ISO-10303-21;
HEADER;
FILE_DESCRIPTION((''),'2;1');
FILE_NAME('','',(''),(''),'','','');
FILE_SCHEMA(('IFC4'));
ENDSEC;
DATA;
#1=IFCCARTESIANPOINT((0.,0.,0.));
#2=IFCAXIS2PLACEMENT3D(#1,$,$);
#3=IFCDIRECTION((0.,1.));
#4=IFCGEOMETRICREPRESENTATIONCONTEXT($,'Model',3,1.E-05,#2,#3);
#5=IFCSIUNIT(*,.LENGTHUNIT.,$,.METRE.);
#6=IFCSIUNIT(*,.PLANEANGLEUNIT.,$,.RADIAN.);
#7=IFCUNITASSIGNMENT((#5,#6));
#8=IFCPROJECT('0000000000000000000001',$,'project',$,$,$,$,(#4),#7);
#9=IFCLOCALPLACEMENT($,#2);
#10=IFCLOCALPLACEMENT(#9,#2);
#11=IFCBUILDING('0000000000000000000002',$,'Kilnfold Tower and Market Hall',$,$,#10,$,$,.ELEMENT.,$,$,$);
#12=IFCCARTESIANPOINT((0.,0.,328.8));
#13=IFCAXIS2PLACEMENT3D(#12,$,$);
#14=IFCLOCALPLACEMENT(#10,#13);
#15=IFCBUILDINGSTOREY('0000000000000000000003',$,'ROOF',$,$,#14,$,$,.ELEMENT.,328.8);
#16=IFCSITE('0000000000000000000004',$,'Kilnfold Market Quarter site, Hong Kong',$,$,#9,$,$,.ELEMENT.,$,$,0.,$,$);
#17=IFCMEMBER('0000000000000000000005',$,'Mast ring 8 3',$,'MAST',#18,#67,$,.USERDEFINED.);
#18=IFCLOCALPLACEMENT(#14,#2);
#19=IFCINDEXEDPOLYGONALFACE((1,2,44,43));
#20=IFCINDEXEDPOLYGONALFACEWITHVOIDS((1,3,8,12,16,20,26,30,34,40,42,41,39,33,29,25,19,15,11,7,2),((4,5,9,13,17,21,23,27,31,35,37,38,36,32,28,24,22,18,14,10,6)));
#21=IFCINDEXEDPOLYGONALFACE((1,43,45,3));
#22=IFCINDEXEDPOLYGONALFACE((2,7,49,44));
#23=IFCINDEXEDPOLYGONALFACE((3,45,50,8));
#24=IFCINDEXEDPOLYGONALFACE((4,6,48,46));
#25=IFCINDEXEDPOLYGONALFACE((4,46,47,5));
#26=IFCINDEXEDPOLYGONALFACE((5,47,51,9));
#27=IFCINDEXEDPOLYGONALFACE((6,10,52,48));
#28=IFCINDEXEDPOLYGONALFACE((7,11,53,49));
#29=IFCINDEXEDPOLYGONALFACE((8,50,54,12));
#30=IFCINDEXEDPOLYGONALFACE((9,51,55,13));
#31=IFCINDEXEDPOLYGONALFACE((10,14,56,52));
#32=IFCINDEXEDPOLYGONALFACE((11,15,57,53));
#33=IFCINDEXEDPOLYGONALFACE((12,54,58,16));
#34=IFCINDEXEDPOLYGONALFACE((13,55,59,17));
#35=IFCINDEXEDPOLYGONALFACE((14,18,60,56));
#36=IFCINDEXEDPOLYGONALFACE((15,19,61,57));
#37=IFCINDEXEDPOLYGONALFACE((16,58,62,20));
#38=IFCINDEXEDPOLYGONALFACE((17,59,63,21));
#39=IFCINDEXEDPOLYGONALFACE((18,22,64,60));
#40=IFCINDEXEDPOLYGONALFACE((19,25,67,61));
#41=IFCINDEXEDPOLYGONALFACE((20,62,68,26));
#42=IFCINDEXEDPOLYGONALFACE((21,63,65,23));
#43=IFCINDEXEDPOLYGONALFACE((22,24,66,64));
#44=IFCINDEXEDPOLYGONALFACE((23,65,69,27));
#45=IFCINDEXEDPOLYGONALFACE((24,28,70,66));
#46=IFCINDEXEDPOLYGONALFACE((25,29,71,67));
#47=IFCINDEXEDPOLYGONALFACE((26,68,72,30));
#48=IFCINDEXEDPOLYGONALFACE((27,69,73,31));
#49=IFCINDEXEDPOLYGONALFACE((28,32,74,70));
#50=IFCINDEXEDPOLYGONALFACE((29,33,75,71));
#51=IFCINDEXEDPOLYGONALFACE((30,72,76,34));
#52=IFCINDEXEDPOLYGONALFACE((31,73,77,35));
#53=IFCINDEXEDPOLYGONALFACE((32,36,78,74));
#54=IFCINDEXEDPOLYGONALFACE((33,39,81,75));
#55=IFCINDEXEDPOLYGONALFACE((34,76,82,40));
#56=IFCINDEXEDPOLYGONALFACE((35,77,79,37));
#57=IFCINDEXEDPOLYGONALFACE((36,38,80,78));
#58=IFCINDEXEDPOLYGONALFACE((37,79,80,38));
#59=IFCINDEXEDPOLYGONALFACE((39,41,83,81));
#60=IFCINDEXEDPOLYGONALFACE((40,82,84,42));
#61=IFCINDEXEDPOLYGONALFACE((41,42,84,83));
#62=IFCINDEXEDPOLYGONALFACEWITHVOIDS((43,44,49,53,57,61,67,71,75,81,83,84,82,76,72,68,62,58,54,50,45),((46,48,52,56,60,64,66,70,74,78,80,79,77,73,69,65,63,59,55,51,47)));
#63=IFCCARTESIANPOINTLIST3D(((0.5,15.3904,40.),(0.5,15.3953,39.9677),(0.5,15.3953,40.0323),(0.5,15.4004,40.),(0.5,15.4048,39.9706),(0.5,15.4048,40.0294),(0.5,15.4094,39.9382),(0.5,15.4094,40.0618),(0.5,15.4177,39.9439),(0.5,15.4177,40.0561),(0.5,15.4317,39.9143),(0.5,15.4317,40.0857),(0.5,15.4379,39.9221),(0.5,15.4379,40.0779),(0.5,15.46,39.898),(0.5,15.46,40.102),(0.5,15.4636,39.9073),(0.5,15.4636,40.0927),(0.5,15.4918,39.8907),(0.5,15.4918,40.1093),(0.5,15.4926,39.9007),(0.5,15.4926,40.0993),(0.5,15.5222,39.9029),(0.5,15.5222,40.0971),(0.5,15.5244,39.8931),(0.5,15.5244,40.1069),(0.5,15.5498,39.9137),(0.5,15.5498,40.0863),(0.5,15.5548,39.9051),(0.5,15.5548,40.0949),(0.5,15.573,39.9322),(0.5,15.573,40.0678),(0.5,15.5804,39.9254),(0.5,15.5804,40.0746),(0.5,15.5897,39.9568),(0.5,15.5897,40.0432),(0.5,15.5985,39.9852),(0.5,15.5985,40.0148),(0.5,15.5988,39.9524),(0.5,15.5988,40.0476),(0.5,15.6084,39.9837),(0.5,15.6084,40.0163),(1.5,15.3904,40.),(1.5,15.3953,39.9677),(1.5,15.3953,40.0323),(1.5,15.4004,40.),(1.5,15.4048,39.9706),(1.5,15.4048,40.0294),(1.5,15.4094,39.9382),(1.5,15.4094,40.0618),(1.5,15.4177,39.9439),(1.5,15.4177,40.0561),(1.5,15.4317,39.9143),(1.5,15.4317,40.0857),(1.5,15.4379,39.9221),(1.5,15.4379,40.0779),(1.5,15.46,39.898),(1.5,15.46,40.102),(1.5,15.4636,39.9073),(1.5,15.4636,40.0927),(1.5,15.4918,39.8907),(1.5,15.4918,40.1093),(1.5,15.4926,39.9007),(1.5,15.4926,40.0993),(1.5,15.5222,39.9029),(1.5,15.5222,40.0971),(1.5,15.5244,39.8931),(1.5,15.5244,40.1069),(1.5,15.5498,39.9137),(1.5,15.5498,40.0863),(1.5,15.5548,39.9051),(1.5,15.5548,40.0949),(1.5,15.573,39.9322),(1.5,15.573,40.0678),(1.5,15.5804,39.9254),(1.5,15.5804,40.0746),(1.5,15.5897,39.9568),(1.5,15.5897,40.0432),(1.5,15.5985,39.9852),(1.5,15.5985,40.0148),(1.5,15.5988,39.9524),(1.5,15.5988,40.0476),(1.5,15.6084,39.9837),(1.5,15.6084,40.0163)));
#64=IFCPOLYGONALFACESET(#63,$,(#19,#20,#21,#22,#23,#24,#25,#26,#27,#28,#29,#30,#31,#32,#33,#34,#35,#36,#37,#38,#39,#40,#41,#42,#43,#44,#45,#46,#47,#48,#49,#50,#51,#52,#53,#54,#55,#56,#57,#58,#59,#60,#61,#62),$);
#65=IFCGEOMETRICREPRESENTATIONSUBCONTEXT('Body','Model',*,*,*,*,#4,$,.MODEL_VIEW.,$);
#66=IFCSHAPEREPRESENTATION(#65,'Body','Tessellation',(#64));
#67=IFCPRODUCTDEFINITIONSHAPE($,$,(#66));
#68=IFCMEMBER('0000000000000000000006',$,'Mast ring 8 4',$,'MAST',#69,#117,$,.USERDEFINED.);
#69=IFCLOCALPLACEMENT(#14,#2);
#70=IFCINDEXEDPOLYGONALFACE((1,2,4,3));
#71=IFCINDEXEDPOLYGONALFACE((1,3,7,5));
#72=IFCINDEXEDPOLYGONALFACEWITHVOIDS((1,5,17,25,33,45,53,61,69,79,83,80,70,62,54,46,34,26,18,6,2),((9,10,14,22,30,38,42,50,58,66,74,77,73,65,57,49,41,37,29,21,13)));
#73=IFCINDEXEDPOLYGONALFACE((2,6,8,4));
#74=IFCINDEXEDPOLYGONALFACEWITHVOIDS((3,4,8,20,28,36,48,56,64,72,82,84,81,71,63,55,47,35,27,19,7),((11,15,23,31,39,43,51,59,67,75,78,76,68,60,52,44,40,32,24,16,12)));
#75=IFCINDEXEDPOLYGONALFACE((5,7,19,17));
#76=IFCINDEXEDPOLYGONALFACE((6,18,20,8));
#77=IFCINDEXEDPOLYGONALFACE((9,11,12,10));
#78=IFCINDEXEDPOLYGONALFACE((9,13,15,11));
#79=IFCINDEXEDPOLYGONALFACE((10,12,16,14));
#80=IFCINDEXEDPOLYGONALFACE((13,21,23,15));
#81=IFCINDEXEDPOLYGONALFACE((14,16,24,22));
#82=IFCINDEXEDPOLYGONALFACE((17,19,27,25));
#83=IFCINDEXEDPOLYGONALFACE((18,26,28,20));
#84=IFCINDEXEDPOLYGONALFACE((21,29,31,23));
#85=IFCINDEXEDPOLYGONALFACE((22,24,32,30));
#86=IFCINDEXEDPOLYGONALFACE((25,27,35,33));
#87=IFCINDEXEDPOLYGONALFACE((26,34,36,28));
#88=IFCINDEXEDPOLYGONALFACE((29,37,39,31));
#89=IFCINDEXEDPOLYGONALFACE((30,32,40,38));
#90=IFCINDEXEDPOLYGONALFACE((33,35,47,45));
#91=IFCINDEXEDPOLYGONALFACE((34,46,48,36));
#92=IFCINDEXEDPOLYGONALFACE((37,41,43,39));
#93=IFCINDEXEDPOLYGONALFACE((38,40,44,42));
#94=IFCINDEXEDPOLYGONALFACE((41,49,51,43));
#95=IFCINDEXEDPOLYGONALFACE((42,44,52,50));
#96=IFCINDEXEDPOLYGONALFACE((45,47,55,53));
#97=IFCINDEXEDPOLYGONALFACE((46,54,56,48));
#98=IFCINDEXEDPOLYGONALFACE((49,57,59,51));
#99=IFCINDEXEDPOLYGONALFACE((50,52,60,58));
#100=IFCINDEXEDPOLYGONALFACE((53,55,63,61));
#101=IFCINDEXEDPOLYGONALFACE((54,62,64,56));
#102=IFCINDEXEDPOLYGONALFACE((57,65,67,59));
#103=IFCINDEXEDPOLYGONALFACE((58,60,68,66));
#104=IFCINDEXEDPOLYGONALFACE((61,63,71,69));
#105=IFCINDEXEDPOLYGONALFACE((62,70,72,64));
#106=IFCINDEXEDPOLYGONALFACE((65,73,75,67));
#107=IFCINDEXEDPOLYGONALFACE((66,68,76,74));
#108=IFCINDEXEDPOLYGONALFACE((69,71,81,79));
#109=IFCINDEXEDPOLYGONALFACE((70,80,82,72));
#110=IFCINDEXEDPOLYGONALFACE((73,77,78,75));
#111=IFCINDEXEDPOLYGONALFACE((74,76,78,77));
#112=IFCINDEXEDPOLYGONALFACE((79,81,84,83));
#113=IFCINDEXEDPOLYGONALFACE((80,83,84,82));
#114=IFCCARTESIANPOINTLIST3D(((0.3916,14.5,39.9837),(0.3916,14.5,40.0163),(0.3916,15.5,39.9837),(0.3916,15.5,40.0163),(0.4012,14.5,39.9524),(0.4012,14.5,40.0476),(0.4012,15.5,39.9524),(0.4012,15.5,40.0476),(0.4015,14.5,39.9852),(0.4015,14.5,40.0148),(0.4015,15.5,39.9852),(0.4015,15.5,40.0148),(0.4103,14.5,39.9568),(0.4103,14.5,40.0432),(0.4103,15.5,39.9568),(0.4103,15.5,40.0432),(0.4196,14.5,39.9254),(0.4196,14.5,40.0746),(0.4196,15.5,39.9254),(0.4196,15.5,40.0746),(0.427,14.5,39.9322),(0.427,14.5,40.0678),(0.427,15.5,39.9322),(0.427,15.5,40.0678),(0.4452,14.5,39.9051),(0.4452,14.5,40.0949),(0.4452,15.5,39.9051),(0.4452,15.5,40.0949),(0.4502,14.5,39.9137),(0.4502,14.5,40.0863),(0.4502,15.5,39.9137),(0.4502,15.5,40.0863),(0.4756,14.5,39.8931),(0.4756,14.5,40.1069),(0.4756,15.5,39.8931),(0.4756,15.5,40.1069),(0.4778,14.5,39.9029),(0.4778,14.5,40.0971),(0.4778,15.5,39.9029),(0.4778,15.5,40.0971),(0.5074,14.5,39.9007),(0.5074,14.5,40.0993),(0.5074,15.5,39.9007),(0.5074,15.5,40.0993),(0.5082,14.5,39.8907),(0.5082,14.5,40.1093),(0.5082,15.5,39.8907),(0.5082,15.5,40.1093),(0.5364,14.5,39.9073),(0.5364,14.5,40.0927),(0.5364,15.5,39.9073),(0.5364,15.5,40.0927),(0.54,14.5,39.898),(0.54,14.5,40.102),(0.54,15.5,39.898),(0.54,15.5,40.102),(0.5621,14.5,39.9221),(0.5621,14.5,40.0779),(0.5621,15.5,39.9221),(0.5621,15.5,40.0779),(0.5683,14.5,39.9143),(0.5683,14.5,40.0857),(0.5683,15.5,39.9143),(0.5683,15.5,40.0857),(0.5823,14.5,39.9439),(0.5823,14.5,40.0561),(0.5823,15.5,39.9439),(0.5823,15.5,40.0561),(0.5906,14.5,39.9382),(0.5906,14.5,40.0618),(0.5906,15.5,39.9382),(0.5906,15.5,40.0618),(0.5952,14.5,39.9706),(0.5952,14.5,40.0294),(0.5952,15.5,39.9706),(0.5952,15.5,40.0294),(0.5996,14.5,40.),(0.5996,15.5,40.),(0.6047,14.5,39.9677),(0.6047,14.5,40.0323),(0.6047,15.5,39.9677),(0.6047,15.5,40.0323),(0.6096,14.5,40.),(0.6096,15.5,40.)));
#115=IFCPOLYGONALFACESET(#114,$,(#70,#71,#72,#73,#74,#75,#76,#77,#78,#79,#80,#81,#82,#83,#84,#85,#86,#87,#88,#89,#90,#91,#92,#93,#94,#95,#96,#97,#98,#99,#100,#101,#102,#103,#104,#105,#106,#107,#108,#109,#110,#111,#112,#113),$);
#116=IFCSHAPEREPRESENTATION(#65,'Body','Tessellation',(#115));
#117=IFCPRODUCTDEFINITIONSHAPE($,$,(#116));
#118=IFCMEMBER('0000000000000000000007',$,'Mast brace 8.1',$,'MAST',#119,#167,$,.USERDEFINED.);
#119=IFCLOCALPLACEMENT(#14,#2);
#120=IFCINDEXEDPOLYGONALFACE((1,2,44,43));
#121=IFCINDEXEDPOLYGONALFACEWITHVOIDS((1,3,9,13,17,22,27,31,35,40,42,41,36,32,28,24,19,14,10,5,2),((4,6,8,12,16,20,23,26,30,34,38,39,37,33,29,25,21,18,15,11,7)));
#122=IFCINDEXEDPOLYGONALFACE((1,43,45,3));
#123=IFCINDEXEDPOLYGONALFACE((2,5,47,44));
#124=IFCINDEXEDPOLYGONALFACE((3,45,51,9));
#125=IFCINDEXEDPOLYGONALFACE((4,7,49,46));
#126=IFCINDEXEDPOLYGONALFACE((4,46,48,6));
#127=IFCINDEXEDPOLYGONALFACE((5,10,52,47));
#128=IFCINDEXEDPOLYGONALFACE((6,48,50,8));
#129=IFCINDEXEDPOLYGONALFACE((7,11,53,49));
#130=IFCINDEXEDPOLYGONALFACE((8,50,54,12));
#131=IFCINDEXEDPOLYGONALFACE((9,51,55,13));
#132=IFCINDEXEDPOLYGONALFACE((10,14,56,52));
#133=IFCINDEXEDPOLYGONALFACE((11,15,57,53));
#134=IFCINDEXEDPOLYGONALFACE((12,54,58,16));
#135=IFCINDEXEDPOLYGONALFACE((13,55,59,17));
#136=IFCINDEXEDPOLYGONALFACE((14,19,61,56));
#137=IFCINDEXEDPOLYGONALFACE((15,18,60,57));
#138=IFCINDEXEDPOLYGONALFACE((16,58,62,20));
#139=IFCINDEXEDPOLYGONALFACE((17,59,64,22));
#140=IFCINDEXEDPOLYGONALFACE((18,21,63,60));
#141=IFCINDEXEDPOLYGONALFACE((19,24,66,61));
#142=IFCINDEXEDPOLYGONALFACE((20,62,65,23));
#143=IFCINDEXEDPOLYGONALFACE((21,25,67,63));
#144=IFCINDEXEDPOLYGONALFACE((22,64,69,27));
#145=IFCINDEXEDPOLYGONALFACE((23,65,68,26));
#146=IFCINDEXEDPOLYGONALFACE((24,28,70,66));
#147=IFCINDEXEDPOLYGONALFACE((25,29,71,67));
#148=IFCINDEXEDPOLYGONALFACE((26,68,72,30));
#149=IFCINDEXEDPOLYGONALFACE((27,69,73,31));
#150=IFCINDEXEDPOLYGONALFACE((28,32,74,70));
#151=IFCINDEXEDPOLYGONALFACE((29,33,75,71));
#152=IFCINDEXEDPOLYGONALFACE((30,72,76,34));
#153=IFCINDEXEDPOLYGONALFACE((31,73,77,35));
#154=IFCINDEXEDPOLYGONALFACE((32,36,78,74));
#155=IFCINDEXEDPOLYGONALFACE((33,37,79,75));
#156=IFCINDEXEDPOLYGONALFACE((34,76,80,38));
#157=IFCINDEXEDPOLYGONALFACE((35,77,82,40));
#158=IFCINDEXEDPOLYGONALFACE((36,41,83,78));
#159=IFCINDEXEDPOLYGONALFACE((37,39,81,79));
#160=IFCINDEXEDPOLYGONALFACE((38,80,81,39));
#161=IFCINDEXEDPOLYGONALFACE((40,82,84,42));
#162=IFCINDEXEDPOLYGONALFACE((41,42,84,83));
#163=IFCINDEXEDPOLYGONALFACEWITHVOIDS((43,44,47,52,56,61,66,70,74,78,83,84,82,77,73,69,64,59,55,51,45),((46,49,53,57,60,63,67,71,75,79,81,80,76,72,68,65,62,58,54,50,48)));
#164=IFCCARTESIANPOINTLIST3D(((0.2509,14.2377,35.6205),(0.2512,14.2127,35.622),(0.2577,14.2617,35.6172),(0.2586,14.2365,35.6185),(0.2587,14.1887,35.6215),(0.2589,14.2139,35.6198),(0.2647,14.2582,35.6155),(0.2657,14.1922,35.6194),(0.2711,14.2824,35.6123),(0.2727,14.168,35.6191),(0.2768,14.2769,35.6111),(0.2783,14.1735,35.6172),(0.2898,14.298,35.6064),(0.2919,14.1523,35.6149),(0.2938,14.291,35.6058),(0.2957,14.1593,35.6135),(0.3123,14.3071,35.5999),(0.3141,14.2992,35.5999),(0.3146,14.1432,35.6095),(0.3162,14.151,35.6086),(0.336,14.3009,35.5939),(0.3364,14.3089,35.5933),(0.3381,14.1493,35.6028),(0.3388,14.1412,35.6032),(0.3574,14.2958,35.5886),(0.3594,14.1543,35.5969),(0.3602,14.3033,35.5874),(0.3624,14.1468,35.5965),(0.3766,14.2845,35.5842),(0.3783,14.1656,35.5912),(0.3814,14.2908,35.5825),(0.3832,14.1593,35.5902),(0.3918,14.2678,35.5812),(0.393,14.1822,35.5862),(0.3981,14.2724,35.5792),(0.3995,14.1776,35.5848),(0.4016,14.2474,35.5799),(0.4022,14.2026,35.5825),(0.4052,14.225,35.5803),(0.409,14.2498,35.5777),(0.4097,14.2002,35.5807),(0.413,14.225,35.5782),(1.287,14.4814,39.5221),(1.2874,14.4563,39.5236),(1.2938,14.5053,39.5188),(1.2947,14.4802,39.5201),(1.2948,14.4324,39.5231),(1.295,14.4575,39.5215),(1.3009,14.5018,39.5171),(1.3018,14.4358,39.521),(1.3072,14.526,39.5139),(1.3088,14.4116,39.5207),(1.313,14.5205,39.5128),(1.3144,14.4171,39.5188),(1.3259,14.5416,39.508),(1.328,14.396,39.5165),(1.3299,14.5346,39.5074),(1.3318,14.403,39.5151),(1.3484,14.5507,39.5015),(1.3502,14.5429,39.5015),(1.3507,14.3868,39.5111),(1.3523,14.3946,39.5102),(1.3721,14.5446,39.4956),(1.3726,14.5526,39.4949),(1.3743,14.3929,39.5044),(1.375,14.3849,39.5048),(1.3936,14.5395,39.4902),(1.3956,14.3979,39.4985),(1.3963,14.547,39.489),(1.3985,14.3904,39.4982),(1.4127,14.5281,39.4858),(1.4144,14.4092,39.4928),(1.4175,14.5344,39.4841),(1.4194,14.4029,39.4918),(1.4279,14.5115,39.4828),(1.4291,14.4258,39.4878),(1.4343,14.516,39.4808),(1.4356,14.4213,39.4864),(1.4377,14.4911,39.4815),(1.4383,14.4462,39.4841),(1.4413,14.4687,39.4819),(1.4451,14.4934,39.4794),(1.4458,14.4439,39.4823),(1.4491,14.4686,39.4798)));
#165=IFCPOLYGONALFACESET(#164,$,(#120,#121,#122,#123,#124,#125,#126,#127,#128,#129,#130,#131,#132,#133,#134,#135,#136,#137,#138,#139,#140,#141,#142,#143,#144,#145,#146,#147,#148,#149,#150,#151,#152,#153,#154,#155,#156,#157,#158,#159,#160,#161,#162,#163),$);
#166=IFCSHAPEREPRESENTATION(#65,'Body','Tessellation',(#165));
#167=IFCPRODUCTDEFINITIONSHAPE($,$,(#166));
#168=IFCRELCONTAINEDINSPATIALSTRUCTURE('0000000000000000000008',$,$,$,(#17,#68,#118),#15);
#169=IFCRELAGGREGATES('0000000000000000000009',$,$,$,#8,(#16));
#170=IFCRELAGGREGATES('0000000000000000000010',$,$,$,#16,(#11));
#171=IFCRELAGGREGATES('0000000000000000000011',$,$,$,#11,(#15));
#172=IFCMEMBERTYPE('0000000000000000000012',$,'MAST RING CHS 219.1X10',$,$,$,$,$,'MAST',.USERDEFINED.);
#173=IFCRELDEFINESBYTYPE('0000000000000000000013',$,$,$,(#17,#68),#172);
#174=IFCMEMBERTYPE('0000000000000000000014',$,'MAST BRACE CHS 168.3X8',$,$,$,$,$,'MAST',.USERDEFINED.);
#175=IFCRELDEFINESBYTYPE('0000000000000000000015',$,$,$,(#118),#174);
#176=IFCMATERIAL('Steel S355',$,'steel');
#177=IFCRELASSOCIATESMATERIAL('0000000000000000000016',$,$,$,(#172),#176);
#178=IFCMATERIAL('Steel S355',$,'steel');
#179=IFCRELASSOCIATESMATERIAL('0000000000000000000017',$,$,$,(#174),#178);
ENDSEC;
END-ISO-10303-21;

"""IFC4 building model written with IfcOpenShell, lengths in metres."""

from ifc_helpers import new_model, si_unit, direction, frame, origin, origin_2d, place, context, subcontext, project, spatial, hollow_circle, extrude, source, transform, mapped, material, material_profile, profile_set, type_object, element, save


model = new_model("IFC4")

# Units and contexts
model_context = context("Model", 3, precision=1e-05, world=origin(), true_north=direction((0.0, 1.0)))
body_context = subcontext(model_context, "Body", "Model", "MODEL_VIEW")
ifc_project = project(units=[si_unit("LENGTHUNIT", "METRE"), si_unit("PLANEANGLEUNIT", "RADIAN")], contexts=[model_context])

# Site, building, storey
site_placement = place(None, origin())
site = spatial("IfcSite", under=ifc_project, at=site_placement, Name="Kilnfold Market Quarter site, Hong Kong", CompositionType="ELEMENT", RefElevation=0.0)
building_placement = place(site_placement, origin())
building = spatial("IfcBuilding", under=site, at=building_placement, Name="Kilnfold Tower and Market Hall", CompositionType="ELEMENT")
storey_placement = place(building_placement, frame((0.0, 0.0, 328.8)))
storey = spatial("IfcBuildingStorey", under=building, at=storey_placement, Name="ROOF", CompositionType="ELEMENT", Elevation=328.8)

# Members
ifc_material_1 = material(Name="Steel S355", Category="steel")
ifc_material_profile_1 = material_profile(ifc_material_1, hollow_circle(Radius=0.1096, WallThickness=0.01, at=origin_2d()), Name="CHS 219.1x10")
ifc_profile_set_1 = profile_set([ifc_material_profile_1], Name="Steel S355")
member_type_1 = type_object("IfcMemberType", Name="MAST RING CHS 219.1X10", ElementType="MAST", PredefinedType="USERDEFINED", material=ifc_profile_set_1)
shared_shape_1 = source(origin(), body_context, "Body", "SweptSolid", [
    extrude(hollow_circle(Radius=0.1096, WallThickness=0.01, at=origin_2d()), origin(), (0.0, 0.0, 1.0), 1.0),
])
for number, where, z_axis, x_axis, name in (
    (1, (1.5, 15.5, 40.0), (-1.0, 0.0, 0.0), (0.0, -1.0, 0.0), "Mast ring 8 3"),
    (2, (0.5, 15.5, 40.0), (0.0, -1.0, 0.0), (1.0, 0.0, 0.0), "Mast ring 8 4"),
):
    element("IfcMember", number, at=place(storey_placement, frame(where, z_axis=z_axis, x_axis=x_axis)), inside=storey, type_object=member_type_1, Name=name, ObjectType="MAST", PredefinedType="USERDEFINED", context=body_context, shape_type="MappedRepresentation", body=[
        mapped(shared_shape_1, transform((0.0, 0.0, 0.0))),
    ])
ifc_material_2 = material(Name="Steel S355", Category="steel")
ifc_material_profile_2 = material_profile(ifc_material_2, hollow_circle(Radius=0.0842, WallThickness=0.0081, at=origin_2d()), Name="CHS 168.3x8")
ifc_profile_set_2 = profile_set([ifc_material_profile_2], Name="Steel S355")
member_type_2 = type_object("IfcMemberType", Name="MAST BRACE CHS 168.3X8", ElementType="MAST", PredefinedType="USERDEFINED", material=ifc_profile_set_2)
shared_shape_2 = source(origin(), body_context, "Body", "SweptSolid", [
    extrude(hollow_circle(Radius=0.0842, WallThickness=0.0081, at=origin_2d()), origin(), (0.0, 0.0, 1.0), 4.0442),
])
for number, where, z_axis, x_axis, name in (
    (3, (0.3315, 14.2251, 35.5999), (0.256203, 0.060247, 0.964744), (-0.228911, 0.973447, 0.0), "Mast brace 8.1"),
):
    element("IfcMember", number, at=place(storey_placement, frame(where, z_axis=z_axis, x_axis=x_axis)), inside=storey, type_object=member_type_2, Name=name, ObjectType="MAST", PredefinedType="USERDEFINED", context=body_context, shape_type="MappedRepresentation", body=[
        mapped(shared_shape_2, transform((0.0, 0.0, 0.0))),
    ])

save(model, "model.ifc")
